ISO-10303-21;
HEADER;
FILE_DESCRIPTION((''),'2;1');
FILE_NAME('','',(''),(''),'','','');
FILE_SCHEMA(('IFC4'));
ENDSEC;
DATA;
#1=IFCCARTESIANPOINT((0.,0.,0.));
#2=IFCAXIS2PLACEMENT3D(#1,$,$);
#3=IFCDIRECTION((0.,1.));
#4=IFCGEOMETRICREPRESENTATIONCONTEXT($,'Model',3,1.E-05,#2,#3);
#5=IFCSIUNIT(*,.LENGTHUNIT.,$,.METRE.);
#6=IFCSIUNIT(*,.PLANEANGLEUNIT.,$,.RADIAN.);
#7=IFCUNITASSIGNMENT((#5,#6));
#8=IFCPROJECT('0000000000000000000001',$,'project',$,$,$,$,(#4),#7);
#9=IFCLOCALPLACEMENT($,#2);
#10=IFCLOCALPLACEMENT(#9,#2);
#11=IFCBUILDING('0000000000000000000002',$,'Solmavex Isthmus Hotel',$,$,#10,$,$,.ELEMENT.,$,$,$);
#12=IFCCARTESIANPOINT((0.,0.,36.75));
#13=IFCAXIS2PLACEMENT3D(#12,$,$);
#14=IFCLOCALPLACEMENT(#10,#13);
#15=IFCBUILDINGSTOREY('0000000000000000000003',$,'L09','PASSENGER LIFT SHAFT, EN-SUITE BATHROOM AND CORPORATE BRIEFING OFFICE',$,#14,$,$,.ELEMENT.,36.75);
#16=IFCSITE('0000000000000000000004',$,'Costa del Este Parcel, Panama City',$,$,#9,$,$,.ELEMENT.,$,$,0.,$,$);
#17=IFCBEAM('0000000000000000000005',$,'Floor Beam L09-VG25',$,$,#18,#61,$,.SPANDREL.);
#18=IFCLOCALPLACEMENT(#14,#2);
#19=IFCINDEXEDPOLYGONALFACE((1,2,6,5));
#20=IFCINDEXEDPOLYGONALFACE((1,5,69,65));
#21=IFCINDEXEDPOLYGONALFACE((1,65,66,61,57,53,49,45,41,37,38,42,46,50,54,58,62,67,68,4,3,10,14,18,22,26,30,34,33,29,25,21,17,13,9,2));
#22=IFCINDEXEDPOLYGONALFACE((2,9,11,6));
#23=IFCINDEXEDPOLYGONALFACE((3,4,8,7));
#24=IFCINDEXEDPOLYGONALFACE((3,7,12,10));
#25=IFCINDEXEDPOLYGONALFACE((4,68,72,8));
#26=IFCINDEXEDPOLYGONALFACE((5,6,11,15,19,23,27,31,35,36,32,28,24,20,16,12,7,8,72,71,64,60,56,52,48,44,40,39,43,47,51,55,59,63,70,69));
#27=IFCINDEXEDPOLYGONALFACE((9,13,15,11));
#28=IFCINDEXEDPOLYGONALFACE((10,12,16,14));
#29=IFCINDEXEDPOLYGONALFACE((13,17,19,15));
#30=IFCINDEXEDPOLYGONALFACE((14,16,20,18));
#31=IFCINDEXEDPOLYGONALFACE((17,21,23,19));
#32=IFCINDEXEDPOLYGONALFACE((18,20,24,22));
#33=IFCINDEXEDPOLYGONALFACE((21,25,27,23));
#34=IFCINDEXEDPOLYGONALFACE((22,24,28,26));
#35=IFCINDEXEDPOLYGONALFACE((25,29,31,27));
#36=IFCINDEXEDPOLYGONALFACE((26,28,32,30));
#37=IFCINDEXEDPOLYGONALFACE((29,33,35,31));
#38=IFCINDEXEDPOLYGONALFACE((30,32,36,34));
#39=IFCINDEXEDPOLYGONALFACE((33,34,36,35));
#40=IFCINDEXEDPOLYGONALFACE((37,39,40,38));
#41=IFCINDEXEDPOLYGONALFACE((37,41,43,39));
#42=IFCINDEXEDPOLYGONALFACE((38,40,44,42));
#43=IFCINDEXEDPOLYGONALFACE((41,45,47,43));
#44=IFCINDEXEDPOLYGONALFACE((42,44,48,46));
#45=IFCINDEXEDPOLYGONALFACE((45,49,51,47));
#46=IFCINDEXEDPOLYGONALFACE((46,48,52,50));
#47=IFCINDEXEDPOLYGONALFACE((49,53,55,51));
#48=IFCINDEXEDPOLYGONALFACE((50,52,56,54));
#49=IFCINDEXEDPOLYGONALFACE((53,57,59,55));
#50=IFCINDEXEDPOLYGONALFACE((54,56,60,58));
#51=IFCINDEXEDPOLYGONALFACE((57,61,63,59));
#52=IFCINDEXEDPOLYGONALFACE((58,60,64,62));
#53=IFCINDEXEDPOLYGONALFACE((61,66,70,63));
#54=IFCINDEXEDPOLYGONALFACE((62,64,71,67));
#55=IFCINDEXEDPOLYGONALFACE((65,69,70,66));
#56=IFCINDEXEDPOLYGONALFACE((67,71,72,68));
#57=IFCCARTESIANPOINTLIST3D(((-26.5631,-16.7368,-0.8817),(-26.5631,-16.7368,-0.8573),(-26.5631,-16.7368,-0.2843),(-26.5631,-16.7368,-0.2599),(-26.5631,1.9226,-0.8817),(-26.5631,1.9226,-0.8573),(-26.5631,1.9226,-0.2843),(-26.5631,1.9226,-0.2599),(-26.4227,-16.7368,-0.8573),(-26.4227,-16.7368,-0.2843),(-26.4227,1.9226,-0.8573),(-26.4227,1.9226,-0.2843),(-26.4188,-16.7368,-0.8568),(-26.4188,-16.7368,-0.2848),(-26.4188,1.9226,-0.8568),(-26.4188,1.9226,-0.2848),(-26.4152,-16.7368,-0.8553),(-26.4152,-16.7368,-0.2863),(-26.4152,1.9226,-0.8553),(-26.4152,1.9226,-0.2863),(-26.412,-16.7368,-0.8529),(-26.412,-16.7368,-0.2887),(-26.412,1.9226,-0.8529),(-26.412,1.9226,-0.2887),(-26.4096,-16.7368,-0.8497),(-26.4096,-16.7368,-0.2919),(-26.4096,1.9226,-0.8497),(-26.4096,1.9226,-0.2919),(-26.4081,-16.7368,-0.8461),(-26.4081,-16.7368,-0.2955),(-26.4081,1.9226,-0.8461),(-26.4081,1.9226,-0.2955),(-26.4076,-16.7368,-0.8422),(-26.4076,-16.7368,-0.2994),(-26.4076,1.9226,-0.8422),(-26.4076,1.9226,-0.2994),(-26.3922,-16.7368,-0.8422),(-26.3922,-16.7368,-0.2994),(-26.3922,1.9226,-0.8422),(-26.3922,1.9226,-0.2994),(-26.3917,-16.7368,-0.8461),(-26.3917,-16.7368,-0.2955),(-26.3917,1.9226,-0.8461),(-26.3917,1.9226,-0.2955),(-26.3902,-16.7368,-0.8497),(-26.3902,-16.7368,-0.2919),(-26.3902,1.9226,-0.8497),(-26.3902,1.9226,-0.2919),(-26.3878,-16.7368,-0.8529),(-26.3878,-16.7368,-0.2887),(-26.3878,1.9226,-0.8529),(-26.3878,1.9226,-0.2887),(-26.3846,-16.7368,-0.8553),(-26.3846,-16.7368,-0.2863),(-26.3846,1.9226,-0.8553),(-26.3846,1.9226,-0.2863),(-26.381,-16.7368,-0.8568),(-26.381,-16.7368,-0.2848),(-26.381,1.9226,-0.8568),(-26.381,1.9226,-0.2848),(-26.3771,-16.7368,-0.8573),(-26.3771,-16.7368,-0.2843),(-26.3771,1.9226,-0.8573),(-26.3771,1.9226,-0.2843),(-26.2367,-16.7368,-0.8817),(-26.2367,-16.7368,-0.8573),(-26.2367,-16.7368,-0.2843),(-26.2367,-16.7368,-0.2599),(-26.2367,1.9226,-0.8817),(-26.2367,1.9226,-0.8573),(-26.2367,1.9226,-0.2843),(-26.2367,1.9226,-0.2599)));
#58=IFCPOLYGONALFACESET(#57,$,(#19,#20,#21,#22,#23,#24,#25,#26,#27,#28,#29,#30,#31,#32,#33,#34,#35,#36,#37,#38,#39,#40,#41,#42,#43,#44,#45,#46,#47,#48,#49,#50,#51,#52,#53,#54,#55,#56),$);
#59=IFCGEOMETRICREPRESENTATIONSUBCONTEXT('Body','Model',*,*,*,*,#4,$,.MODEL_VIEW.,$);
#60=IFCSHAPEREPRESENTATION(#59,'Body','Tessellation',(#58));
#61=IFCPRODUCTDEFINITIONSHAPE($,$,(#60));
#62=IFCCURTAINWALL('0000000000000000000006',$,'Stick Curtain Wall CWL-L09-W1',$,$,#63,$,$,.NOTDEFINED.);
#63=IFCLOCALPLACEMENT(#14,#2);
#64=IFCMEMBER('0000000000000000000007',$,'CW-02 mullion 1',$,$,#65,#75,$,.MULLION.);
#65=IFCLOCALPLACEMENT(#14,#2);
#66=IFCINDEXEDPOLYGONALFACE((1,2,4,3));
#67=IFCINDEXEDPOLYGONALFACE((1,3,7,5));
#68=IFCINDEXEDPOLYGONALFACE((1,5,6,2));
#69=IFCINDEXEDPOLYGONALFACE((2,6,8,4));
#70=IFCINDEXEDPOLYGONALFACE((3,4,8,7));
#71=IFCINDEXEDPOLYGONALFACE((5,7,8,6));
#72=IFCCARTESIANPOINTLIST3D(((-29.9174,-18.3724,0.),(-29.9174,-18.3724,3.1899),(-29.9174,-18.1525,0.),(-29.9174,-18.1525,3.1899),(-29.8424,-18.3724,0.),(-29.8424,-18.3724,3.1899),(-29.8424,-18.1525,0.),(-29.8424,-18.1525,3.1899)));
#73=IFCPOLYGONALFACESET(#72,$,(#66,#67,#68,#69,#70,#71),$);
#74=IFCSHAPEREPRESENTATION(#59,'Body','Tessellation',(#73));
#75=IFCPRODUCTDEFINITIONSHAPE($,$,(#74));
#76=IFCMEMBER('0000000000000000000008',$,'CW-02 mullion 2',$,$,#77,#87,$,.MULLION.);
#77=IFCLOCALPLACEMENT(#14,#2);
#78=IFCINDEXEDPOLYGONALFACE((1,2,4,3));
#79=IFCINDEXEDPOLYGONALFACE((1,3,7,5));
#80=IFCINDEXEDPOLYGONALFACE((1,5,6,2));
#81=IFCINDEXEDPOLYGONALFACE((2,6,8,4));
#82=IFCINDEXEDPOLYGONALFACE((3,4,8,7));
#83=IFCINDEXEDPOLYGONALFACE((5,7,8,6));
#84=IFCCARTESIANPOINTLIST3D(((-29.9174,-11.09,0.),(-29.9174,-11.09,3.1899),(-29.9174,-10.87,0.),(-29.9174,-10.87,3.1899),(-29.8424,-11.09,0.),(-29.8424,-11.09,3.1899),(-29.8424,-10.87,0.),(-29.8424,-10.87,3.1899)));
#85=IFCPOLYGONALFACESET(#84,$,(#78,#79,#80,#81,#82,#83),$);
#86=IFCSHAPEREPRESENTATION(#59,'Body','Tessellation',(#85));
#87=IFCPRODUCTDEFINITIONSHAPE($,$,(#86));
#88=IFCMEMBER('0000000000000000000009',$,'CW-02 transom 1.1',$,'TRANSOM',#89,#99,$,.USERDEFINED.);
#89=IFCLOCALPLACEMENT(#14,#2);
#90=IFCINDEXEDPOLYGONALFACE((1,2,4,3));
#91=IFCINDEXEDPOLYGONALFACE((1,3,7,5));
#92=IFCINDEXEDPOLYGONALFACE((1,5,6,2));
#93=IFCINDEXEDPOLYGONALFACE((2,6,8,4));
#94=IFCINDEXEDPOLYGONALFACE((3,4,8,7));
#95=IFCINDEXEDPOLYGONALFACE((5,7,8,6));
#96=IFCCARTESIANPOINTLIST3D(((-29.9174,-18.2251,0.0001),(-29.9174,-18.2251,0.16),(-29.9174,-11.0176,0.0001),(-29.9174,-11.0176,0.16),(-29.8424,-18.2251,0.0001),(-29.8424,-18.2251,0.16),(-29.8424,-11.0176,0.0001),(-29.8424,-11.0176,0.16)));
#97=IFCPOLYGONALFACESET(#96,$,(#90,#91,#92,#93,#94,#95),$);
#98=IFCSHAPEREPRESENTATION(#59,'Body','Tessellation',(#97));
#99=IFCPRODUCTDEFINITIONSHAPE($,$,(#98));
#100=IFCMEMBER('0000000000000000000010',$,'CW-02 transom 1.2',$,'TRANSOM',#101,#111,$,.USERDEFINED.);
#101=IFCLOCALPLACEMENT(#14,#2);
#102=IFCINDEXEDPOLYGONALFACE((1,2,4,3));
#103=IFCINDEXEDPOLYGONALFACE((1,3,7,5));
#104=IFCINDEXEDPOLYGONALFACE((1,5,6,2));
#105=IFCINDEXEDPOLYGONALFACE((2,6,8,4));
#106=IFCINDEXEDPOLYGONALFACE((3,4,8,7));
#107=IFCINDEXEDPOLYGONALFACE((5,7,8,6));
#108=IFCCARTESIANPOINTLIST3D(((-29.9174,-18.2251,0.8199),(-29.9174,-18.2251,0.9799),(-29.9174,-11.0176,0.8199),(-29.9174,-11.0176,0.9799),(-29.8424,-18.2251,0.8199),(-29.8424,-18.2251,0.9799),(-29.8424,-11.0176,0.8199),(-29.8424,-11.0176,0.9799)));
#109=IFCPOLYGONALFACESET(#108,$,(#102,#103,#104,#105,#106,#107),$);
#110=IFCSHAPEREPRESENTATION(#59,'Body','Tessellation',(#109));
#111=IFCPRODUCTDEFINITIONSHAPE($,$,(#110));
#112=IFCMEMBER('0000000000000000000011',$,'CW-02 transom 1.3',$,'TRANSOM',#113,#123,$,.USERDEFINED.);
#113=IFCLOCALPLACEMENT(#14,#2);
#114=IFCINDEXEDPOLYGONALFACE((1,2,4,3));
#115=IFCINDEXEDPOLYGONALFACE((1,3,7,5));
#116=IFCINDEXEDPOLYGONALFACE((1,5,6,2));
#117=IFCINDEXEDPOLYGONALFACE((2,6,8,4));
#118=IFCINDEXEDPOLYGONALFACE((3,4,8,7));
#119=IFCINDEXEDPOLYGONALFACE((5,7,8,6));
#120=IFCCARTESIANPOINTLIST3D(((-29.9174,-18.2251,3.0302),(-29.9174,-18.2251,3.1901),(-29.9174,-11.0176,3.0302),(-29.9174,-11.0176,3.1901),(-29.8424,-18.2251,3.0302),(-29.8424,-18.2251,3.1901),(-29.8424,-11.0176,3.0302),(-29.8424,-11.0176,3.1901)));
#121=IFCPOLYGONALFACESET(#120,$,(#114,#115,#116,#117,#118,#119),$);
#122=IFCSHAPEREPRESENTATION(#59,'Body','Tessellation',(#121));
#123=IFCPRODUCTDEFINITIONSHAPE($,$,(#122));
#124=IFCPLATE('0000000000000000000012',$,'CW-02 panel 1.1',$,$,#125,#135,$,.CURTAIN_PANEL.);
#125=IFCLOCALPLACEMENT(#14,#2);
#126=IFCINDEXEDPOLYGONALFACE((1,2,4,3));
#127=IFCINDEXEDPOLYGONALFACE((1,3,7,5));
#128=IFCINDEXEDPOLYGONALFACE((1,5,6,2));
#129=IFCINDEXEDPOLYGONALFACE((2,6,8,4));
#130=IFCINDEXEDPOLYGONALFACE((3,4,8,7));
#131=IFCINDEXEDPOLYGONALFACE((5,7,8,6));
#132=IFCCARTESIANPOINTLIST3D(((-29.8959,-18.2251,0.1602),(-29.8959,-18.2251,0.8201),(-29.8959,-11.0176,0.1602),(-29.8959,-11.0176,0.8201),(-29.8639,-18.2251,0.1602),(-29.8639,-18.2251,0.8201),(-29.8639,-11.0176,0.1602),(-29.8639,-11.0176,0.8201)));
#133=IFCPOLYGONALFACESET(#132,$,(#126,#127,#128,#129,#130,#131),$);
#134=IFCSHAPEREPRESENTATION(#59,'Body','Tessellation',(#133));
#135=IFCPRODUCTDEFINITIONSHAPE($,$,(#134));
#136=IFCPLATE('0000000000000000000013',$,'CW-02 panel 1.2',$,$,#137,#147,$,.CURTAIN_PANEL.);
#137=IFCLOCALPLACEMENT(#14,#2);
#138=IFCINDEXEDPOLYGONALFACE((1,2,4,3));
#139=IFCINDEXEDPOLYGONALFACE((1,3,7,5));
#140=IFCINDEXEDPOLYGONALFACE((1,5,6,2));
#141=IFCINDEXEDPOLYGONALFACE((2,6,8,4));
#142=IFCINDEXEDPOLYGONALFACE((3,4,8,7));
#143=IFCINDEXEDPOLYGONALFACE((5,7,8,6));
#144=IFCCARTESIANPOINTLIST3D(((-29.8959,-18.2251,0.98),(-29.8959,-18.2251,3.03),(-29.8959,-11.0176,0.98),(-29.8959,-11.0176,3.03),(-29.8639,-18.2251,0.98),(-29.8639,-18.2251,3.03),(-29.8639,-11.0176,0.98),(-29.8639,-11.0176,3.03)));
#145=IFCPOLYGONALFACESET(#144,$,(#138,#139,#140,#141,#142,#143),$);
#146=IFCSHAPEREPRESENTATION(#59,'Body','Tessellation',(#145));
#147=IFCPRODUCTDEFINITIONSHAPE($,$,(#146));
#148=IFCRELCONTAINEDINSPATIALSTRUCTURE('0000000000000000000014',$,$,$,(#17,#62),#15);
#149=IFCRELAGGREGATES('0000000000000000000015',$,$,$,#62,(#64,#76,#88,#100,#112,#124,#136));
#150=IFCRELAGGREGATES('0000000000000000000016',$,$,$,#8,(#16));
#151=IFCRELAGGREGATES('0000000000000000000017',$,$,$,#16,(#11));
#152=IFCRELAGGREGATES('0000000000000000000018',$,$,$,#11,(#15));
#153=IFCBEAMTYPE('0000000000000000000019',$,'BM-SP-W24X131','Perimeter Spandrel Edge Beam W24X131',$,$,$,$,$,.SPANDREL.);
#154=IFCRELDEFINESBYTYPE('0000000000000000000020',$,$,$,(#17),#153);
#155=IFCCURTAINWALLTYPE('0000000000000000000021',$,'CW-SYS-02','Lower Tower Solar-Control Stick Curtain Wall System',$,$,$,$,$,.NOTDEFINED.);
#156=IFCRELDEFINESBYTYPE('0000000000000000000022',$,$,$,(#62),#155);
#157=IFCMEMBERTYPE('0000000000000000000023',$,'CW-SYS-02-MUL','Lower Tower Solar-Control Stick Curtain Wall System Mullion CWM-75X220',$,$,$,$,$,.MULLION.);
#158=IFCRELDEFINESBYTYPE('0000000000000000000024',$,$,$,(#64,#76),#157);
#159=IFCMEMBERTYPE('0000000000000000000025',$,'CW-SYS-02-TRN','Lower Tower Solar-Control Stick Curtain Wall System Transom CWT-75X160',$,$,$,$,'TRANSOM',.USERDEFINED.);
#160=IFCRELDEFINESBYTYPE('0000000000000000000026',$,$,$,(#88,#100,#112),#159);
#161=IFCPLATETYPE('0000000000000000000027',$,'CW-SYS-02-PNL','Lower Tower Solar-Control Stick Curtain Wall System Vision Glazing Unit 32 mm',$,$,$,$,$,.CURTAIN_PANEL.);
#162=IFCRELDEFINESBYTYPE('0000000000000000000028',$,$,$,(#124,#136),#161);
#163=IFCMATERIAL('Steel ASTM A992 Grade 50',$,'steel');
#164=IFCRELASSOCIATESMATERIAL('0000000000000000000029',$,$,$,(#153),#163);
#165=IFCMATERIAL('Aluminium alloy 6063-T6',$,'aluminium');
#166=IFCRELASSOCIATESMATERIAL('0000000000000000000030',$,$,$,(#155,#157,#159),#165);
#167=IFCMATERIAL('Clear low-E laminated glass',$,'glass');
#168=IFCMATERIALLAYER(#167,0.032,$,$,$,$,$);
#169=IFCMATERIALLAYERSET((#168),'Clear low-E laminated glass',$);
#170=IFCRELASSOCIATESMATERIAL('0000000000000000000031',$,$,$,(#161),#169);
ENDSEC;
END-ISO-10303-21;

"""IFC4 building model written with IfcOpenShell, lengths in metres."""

from ifc_helpers import new_model, si_unit, direction, frame, origin, origin_2d, place, context, subcontext, project, spatial, rectangle, i_section, extrude, material, layer, layer_set, material_profile, profile_set, type_object, element, aggregate, save


model = new_model("IFC4")

# Units and contexts
model_context = context("Model", 3, precision=1e-05, world=origin(), true_north=direction((0.0, 1.0)))
body_context = subcontext(model_context, "Body", "Model", "MODEL_VIEW")
ifc_project = project(units=[si_unit("LENGTHUNIT", "METRE"), si_unit("PLANEANGLEUNIT", "RADIAN")], contexts=[model_context])

# Site, building, storey
site_placement = place(None, origin())
site = spatial("IfcSite", under=ifc_project, at=site_placement, Name="Costa del Este Parcel, Panama City", CompositionType="ELEMENT", RefElevation=0.0)
building_placement = place(site_placement, origin())
building = spatial("IfcBuilding", under=site, at=building_placement, Name="Solmavex Isthmus Hotel", CompositionType="ELEMENT")
storey_placement = place(building_placement, frame((0.0, 0.0, 36.75)))
storey = spatial("IfcBuildingStorey", under=building, at=storey_placement, Name="L09", Description="PASSENGER LIFT SHAFT, EN-SUITE BATHROOM AND CORPORATE BRIEFING OFFICE", CompositionType="ELEMENT", Elevation=36.75)

# Beam
ifc_material_1 = material(Name="Steel ASTM A992 Grade 50", Category="steel")
ifc_material_profile_1 = material_profile(ifc_material_1, i_section(OverallWidth=0.3264, OverallDepth=0.6218, WebThickness=0.0154, FlangeThickness=0.0244, FilletRadius=0.0151, at=origin_2d()), Name="W24X131")
ifc_profile_set_1 = profile_set([ifc_material_profile_1], Name="Steel ASTM A992 Grade 50")
beam_type_1 = type_object("IfcBeamType", Name="BM-SP-W24X131", Description="Perimeter Spandrel Edge Beam W24X131", PredefinedType="SPANDREL", material=ifc_profile_set_1)
beam_1_placement = place(storey_placement, frame((-26.3999, -16.7368, -0.5708), z_axis=(0.0, 1.0, 0.0), x_axis=(-1.0, 0.0, 0.0)))
element("IfcBeam", 1, at=beam_1_placement, inside=storey, type_object=beam_type_1, Name="Floor Beam L09-VG25", PredefinedType="SPANDREL", context=body_context, shape_type="SweptSolid", body=[
    extrude(i_section(OverallWidth=0.3264, OverallDepth=0.6218, WebThickness=0.0154, FlangeThickness=0.0244, FilletRadius=0.0151, at=origin_2d()), origin(), (0.0, 0.0, 1.0), 18.6594),
])

# Curtain wall, members, plates
ifc_material_2 = material(Name="Aluminium alloy 6063-T6", Category="aluminium")
curtain_wall_type = type_object("IfcCurtainWallType", Name="CW-SYS-02", Description="Lower Tower Solar-Control Stick Curtain Wall System", PredefinedType="NOTDEFINED", material=ifc_material_2)
curtain_wall_placement = place(storey_placement, origin())
curtain_wall = element("IfcCurtainWall", 2, at=curtain_wall_placement, inside=storey, type_object=curtain_wall_type, Name="Stick Curtain Wall CWL-L09-W1", PredefinedType="NOTDEFINED")
ifc_material_profile_2 = material_profile(ifc_material_2, rectangle(XDim=0.075, YDim=0.22, at=origin_2d()), Name="CWM-75X220")
ifc_profile_set_2 = profile_set([ifc_material_profile_2], Name="Aluminium alloy 6063-T6")
member_type_1 = type_object("IfcMemberType", Name="CW-SYS-02-MUL", Description="Lower Tower Solar-Control Stick Curtain Wall System Mullion CWM-75X220", PredefinedType="MULLION", material=ifc_profile_set_2)
member_1_placement = place(storey_placement, frame((-29.8799, -18.2625, 0.0), z_axis=(0.0, 0.0, 1.0), x_axis=(-1.0, 0.0, 0.0)))
member_1 = element("IfcMember", 3, at=member_1_placement, type_object=member_type_1, Name="CW-02 mullion 1", PredefinedType="MULLION", context=body_context, shape_type="SweptSolid", body=[
    extrude(rectangle(XDim=0.075, YDim=0.22, at=origin_2d()), origin(), (0.0, 0.0, 1.0), 3.1899),
])
member_2_placement = place(storey_placement, frame((-29.8799, -10.98, 0.0), z_axis=(0.0, 0.0, 1.0), x_axis=(-1.0, 0.0, 0.0)))
member_2 = element("IfcMember", 4, at=member_2_placement, type_object=member_type_1, Name="CW-02 mullion 2", PredefinedType="MULLION", context=body_context, shape_type="SweptSolid", body=[
    extrude(rectangle(XDim=0.075, YDim=0.22, at=origin_2d()), origin(), (0.0, 0.0, 1.0), 3.1899),
])
ifc_material_profile_3 = material_profile(ifc_material_2, rectangle(XDim=0.075, YDim=0.1599, at=origin_2d()), Name="CWT-75X160")
ifc_profile_set_3 = profile_set([ifc_material_profile_3], Name="Aluminium alloy 6063-T6")
member_type_2 = type_object("IfcMemberType", Name="CW-SYS-02-TRN", Description="Lower Tower Solar-Control Stick Curtain Wall System Transom CWT-75X160", ElementType="TRANSOM", PredefinedType="USERDEFINED", material=ifc_profile_set_3)
member_3_placement = place(storey_placement, frame((-29.8799, -18.2251, 0.0801), z_axis=(0.0, 1.0, 0.0), x_axis=(-1.0, 0.0, 0.0)))
member_3 = element("IfcMember", 5, at=member_3_placement, type_object=member_type_2, Name="CW-02 transom 1.1", ObjectType="TRANSOM", PredefinedType="USERDEFINED", context=body_context, shape_type="SweptSolid", body=[
    extrude(rectangle(XDim=0.075, YDim=0.1599, at=origin_2d()), origin(), (0.0, 0.0, 1.0), 7.2075),
])
member_4_placement = place(storey_placement, frame((-29.8799, -18.2251, 0.8999), z_axis=(0.0, 1.0, 0.0), x_axis=(-1.0, 0.0, 0.0)))
member_4 = element("IfcMember", 6, at=member_4_placement, type_object=member_type_2, Name="CW-02 transom 1.2", ObjectType="TRANSOM", PredefinedType="USERDEFINED", context=body_context, shape_type="SweptSolid", body=[
    extrude(rectangle(XDim=0.075, YDim=0.1599, at=origin_2d()), origin(), (0.0, 0.0, 1.0), 7.2075),
])
member_5_placement = place(storey_placement, frame((-29.8799, -18.2251, 3.1101), z_axis=(0.0, 1.0, 0.0), x_axis=(-1.0, 0.0, 0.0)))
member_5 = element("IfcMember", 7, at=member_5_placement, type_object=member_type_2, Name="CW-02 transom 1.3", ObjectType="TRANSOM", PredefinedType="USERDEFINED", context=body_context, shape_type="SweptSolid", body=[
    extrude(rectangle(XDim=0.075, YDim=0.1599, at=origin_2d()), origin(), (0.0, 0.0, 1.0), 7.2075),
])
ifc_material_3 = material(Name="Clear low-E laminated glass", Category="glass")
ifc_layer_1 = layer(ifc_material_3, 0.032)
ifc_layer_set_1 = layer_set([ifc_layer_1], Name="Clear low-E laminated glass")
plate_type = type_object("IfcPlateType", Name="CW-SYS-02-PNL", Description="Lower Tower Solar-Control Stick Curtain Wall System Vision Glazing Unit 32 mm", PredefinedType="CURTAIN_PANEL", material=ifc_layer_set_1)
plate_1_placement = place(storey_placement, frame((-29.8799, -14.6213, 0.1602), z_axis=(0.0, 0.0, 1.0), x_axis=(0.0, 1.0, 0.0)))
plate_1 = element("IfcPlate", 8, at=plate_1_placement, type_object=plate_type, Name="CW-02 panel 1.1", PredefinedType="CURTAIN_PANEL", context=body_context, shape_type="SweptSolid", body=[
    extrude(rectangle(XDim=7.2075, YDim=0.032, at=origin_2d()), origin(), (0.0, 0.0, 1.0), 0.6599),
])
plate_2_placement = place(storey_placement, frame((-29.8799, -14.6213, 0.98), z_axis=(0.0, 0.0, 1.0), x_axis=(0.0, 1.0, 0.0)))
plate_2 = element("IfcPlate", 9, at=plate_2_placement, type_object=plate_type, Name="CW-02 panel 1.2", PredefinedType="CURTAIN_PANEL", context=body_context, shape_type="SweptSolid", body=[
    extrude(rectangle(XDim=7.2075, YDim=0.032, at=origin_2d()), origin(), (0.0, 0.0, 1.0), 2.05),
])
aggregate(curtain_wall, [member_1, member_2, member_3, member_4, member_5, plate_1, plate_2])

save(model, "model.ifc")
